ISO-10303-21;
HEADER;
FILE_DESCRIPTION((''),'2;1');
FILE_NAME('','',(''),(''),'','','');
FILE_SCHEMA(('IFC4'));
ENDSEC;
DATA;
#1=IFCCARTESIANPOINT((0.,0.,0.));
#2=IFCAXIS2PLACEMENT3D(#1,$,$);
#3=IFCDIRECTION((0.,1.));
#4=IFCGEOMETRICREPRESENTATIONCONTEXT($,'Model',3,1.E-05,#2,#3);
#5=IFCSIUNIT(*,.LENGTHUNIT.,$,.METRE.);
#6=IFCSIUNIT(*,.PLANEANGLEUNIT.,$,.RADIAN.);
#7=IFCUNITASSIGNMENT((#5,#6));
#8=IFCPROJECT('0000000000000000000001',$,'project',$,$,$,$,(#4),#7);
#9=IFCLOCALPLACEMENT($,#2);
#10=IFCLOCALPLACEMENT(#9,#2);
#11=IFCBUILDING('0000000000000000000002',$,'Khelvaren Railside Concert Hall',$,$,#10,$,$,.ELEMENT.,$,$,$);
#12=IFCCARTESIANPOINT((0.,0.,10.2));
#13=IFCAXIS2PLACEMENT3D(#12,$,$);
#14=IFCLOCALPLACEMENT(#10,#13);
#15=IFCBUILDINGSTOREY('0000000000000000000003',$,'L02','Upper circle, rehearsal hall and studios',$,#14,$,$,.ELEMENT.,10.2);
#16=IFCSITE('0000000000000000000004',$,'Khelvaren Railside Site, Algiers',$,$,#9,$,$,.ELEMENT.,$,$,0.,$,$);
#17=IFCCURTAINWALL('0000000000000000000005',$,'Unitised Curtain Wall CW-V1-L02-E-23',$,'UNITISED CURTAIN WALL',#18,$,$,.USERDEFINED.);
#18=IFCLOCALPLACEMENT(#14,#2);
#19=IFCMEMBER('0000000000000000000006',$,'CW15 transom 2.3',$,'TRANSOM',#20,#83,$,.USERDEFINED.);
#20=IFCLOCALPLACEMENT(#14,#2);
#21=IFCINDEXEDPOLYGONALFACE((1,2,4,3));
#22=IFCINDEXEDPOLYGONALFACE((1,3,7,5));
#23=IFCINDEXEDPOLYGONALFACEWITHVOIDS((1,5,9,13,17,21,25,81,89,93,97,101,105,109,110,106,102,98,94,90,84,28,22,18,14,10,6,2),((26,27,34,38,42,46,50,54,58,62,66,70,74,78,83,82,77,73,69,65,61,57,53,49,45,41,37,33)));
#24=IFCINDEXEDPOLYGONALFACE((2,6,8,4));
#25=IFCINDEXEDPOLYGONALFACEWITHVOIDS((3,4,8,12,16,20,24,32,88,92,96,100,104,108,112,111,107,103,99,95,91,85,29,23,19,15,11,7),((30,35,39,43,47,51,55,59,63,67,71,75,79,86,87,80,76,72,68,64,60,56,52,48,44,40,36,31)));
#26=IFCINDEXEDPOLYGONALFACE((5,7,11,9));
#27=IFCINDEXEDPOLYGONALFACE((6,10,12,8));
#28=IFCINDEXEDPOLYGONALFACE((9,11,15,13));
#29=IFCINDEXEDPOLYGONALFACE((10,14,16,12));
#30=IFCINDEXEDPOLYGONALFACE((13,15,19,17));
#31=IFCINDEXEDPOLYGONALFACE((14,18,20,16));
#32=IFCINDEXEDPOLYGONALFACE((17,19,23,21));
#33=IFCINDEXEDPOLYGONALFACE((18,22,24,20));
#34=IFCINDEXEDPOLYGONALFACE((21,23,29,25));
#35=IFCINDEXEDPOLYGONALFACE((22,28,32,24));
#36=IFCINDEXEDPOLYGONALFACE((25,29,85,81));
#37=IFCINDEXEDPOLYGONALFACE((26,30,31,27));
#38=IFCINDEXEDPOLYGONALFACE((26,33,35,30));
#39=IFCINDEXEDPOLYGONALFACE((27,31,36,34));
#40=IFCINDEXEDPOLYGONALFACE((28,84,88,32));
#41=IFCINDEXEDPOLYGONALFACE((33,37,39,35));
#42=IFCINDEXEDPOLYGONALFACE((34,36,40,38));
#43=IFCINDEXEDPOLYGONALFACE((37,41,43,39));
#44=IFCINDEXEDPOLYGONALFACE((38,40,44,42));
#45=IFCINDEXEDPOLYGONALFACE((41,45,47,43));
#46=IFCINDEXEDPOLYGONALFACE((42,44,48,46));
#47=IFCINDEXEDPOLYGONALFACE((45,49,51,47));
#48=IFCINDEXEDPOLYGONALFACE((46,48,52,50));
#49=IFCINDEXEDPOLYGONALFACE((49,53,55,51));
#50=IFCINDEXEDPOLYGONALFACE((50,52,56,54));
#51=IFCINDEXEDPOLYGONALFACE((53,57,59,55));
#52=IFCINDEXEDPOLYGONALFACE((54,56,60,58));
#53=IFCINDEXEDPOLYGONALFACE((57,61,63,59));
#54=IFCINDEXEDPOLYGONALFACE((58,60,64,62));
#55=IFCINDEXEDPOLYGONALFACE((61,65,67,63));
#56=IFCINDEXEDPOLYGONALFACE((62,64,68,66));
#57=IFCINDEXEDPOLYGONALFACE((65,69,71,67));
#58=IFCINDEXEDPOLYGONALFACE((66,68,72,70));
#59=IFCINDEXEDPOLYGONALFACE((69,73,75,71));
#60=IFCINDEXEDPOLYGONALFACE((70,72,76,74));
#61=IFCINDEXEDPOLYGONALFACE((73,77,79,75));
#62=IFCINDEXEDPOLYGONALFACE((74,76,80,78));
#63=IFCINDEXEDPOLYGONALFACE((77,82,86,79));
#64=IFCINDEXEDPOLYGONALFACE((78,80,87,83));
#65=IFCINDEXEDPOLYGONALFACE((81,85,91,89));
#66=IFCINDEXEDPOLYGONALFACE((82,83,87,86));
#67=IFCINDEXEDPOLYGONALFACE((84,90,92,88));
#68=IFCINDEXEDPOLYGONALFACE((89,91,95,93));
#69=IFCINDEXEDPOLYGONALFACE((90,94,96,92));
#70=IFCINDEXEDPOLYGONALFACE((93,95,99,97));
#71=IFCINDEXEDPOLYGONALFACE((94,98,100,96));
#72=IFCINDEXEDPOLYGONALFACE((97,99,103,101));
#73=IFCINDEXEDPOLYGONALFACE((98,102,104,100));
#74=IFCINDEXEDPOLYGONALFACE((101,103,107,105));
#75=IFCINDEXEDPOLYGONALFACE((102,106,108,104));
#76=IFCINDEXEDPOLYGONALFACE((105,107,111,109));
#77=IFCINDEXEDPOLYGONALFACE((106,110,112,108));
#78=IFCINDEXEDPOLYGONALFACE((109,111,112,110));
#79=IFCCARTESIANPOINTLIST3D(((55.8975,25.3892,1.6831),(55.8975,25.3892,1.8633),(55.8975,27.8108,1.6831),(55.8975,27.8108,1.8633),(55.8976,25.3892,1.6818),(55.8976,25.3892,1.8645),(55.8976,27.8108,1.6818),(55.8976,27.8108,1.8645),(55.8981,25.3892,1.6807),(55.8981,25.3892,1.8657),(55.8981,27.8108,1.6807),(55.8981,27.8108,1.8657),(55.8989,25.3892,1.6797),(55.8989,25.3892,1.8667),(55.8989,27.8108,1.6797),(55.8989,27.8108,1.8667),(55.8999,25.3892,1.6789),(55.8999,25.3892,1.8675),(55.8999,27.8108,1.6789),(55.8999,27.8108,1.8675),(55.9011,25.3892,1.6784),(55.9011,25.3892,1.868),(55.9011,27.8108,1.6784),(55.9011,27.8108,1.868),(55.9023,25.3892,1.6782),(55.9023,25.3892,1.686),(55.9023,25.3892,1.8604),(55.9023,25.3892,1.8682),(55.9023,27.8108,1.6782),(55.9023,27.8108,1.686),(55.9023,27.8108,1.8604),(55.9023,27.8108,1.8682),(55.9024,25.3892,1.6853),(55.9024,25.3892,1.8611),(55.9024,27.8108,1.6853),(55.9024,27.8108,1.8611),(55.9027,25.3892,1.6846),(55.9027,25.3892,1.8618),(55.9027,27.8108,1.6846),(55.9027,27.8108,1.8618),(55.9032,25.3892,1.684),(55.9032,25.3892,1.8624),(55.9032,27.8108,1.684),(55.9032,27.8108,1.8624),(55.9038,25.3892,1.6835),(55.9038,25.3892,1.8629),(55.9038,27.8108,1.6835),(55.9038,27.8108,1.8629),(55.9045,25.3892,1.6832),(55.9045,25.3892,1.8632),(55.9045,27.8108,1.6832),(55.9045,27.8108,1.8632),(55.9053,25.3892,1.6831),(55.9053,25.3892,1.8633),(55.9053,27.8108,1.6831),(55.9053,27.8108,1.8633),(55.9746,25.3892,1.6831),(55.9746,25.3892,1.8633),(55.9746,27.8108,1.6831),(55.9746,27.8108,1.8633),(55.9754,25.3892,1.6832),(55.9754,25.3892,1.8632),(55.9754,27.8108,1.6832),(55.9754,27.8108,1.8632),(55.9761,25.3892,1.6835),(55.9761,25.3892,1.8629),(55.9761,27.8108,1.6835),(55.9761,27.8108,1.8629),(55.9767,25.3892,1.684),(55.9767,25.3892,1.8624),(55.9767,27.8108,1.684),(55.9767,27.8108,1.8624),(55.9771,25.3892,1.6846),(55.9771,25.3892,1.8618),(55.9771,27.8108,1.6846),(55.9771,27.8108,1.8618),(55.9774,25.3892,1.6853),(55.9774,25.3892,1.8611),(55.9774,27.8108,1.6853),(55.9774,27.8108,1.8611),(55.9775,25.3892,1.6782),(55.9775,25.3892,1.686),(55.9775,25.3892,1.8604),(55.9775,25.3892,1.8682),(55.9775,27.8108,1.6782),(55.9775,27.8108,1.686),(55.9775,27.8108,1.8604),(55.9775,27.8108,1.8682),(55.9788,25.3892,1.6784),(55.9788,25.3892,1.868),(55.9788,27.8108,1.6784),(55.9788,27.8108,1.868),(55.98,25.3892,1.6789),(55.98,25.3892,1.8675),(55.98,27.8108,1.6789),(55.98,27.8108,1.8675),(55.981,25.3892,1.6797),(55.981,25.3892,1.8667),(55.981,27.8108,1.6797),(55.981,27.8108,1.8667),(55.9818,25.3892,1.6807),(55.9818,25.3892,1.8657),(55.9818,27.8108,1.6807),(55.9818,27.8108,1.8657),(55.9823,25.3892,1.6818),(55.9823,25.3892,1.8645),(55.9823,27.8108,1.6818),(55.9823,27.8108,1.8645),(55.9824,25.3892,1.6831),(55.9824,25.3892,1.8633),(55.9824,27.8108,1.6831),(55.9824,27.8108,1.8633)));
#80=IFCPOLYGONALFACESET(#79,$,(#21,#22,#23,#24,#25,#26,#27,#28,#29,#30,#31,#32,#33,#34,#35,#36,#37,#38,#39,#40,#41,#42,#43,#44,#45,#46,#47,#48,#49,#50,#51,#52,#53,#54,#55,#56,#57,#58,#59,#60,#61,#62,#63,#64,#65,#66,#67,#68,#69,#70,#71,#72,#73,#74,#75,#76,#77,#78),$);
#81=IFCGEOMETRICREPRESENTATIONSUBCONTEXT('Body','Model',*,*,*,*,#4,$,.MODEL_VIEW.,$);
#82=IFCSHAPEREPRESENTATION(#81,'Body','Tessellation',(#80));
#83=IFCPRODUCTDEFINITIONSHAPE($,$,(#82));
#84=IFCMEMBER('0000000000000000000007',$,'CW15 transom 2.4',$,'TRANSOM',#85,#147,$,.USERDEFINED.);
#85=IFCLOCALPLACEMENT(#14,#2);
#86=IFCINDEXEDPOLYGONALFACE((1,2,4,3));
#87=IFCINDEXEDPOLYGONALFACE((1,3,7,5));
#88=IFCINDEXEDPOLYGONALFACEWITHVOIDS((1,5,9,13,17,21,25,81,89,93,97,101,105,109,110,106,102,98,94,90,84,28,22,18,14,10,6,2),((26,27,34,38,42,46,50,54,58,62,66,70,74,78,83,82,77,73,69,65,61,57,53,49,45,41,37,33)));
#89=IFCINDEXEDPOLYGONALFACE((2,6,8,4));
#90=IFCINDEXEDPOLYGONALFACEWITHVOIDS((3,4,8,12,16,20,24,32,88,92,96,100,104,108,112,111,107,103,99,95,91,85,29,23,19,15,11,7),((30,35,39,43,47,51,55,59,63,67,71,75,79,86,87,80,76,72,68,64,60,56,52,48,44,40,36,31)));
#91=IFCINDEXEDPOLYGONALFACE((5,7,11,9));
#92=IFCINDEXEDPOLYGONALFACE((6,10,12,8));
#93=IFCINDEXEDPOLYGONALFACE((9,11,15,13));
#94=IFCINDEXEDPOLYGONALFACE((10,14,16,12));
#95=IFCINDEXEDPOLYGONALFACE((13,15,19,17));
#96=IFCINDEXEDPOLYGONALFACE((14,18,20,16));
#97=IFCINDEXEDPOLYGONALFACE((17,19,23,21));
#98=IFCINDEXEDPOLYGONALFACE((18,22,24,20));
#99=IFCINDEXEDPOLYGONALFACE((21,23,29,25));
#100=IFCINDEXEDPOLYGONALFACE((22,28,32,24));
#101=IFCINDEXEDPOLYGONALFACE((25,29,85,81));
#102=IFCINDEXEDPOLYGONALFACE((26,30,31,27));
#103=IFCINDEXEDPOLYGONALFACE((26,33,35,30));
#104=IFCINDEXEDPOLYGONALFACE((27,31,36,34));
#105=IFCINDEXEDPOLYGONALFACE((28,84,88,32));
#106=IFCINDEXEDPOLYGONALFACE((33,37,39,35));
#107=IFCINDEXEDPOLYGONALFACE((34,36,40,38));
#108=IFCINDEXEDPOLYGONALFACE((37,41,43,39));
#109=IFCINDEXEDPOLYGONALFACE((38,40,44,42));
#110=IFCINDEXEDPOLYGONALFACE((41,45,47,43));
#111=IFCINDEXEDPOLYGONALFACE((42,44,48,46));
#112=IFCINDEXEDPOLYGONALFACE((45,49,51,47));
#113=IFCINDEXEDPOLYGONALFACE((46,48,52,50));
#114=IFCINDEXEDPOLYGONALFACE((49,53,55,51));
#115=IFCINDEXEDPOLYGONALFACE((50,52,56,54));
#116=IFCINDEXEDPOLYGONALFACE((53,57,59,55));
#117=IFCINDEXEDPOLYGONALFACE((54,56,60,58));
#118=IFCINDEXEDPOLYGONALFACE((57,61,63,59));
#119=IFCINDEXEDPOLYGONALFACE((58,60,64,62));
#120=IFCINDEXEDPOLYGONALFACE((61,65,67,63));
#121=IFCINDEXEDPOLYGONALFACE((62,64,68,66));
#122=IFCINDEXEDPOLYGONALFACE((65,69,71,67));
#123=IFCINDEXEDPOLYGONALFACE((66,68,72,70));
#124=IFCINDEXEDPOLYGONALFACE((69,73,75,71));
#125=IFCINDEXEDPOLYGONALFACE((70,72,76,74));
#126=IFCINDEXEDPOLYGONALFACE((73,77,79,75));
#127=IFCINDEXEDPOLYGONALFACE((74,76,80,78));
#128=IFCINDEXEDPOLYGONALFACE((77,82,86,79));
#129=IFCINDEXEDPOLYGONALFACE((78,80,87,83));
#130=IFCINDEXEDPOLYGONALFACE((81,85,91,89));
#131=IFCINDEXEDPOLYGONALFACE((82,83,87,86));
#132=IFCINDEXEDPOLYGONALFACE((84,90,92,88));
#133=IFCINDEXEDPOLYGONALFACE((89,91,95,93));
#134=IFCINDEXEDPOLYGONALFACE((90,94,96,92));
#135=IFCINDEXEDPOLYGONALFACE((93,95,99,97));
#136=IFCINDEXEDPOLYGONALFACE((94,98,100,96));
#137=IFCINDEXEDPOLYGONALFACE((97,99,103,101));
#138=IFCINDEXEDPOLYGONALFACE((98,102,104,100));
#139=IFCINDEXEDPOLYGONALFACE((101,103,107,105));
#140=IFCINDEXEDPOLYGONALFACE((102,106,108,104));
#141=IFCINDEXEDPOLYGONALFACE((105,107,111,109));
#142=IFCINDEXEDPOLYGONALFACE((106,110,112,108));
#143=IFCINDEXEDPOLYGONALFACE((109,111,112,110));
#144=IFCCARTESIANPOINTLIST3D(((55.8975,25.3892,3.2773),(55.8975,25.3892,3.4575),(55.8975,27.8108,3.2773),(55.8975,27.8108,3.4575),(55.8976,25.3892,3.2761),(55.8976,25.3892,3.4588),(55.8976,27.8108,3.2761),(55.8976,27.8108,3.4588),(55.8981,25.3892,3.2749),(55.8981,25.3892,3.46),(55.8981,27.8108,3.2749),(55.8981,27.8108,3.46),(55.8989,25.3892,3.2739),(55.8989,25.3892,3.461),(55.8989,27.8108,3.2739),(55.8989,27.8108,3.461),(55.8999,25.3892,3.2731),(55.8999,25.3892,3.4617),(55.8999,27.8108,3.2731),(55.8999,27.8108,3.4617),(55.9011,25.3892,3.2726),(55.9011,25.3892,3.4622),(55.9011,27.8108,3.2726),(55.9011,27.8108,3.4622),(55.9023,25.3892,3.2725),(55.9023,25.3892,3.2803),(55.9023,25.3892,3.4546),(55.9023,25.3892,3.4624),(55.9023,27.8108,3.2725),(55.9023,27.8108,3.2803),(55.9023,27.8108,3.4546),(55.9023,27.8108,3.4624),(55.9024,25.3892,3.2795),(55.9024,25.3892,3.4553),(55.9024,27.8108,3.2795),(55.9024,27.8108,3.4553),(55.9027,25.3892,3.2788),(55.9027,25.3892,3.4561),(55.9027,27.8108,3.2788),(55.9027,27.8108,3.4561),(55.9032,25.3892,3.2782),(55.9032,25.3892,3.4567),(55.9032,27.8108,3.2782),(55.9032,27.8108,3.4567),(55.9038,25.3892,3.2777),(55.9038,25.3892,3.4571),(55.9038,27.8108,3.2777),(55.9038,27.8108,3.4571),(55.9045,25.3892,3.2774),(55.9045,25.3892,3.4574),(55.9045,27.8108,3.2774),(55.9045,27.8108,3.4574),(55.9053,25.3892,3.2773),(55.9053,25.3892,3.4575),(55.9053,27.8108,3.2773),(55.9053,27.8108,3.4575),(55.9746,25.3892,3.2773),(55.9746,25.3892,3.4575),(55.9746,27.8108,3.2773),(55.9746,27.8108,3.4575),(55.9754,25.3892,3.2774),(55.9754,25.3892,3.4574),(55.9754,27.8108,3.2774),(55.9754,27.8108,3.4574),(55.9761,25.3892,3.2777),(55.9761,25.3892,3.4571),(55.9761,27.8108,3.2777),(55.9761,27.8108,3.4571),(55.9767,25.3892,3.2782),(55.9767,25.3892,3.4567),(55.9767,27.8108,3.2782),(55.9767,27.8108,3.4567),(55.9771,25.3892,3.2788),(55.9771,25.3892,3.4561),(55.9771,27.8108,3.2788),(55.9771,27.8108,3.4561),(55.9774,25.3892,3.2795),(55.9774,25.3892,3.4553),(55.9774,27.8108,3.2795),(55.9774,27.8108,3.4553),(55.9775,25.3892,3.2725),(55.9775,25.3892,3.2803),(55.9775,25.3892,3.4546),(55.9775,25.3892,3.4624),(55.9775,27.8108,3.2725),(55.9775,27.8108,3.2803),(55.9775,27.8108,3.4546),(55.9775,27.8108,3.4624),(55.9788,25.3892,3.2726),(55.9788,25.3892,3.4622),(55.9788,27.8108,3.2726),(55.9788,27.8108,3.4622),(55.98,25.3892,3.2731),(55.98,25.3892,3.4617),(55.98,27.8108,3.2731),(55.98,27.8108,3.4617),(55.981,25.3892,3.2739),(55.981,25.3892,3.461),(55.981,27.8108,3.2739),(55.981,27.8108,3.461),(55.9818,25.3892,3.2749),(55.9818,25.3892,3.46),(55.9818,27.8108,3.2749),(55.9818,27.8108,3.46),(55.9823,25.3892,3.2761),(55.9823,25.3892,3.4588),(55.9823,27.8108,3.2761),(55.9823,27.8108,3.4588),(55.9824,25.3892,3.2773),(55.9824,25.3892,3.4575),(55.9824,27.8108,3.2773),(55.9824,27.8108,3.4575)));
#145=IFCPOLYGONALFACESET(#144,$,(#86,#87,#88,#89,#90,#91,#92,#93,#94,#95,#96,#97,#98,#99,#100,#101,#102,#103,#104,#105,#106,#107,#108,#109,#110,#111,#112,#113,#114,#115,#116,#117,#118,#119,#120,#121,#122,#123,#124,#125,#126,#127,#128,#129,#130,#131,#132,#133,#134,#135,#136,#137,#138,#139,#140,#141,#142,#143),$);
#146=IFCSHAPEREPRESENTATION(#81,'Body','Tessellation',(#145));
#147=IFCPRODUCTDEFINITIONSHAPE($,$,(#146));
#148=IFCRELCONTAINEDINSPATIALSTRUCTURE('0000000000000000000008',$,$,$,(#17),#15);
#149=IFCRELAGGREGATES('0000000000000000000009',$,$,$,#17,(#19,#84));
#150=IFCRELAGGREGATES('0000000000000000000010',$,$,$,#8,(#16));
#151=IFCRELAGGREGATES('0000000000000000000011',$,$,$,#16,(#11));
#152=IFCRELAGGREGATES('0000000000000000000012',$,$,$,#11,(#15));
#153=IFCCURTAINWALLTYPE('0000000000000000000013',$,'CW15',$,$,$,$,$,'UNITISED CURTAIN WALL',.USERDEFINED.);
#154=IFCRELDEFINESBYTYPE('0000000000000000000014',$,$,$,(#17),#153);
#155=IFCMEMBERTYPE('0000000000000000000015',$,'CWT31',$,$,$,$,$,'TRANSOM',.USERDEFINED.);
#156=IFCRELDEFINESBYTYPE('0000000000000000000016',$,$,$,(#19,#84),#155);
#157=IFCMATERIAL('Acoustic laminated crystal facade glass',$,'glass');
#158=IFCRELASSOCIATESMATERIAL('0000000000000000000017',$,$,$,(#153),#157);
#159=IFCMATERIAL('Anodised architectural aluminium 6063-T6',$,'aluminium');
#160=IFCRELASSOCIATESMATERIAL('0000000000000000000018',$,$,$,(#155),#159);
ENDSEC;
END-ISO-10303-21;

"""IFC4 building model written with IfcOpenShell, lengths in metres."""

from ifc_helpers import new_model, si_unit, direction, frame, origin, origin_2d, place, context, subcontext, project, spatial, hollow_rectangle, extrude, material, material_profile, profile_set, type_object, element, aggregate, save


model = new_model("IFC4")

# Units and contexts
model_context = context("Model", 3, precision=1e-05, world=origin(), true_north=direction((0.0, 1.0)))
body_context = subcontext(model_context, "Body", "Model", "MODEL_VIEW")
ifc_project = project(units=[si_unit("LENGTHUNIT", "METRE"), si_unit("PLANEANGLEUNIT", "RADIAN")], contexts=[model_context])

# Site, building, storey
site_placement = place(None, origin())
site = spatial("IfcSite", under=ifc_project, at=site_placement, Name="Khelvaren Railside Site, Algiers", CompositionType="ELEMENT", RefElevation=0.0)
building_placement = place(site_placement, origin())
building = spatial("IfcBuilding", under=site, at=building_placement, Name="Khelvaren Railside Concert Hall", CompositionType="ELEMENT")
storey_placement = place(building_placement, frame((0.0, 0.0, 10.2)))
storey = spatial("IfcBuildingStorey", under=building, at=storey_placement, Name="L02", Description="Upper circle, rehearsal hall and studios", CompositionType="ELEMENT", Elevation=10.2)

# Shared definitions
ifc_material_1 = material(Name="Acoustic laminated crystal facade glass", Category="glass")
ifc_material_2 = material(Name="Anodised architectural aluminium 6063-T6", Category="aluminium")

# Curtain wall
curtain_wall_type_1 = type_object("IfcCurtainWallType", Name="CW15", ElementType="UNITISED CURTAIN WALL", PredefinedType="USERDEFINED", material=ifc_material_1)
curtain_wall_1_placement = place(storey_placement, origin())
curtain_wall_1 = element("IfcCurtainWall", 1, at=curtain_wall_1_placement, inside=storey, type_object=curtain_wall_type_1, Name="Unitised Curtain Wall CW-V1-L02-E-23", ObjectType="UNITISED CURTAIN WALL", PredefinedType="USERDEFINED")

# Members
ifc_material_profile_1 = material_profile(ifc_material_2, hollow_rectangle(XDim=0.085, YDim=0.1899, WallThickness=0.0049, InnerFilletRadius=0.0029, OuterFilletRadius=0.0049, at=origin_2d()), Name="CWT 85x190x5")
ifc_profile_set_1 = profile_set([ifc_material_profile_1], Name="Anodised architectural aluminium 6063-T6")
member_type_1 = type_object("IfcMemberType", Name="CWT31", ElementType="TRANSOM", PredefinedType="USERDEFINED", material=ifc_profile_set_1)
member_1_placement = place(storey_placement, frame((55.9399, 27.8108, 1.7732), z_axis=(0.0, -1.0, 0.0), x_axis=(1.0, 0.0, 0.0)))
member_1 = element("IfcMember", 2, at=member_1_placement, type_object=member_type_1, Name="CW15 transom 2.3", ObjectType="TRANSOM", PredefinedType="USERDEFINED", context=body_context, shape_type="SweptSolid", body=[
    extrude(hollow_rectangle(XDim=0.085, YDim=0.1899, WallThickness=0.0049, InnerFilletRadius=0.0029, OuterFilletRadius=0.0049, at=origin_2d()), origin(), (0.0, 0.0, 1.0), 2.4216),
])
member_2_placement = place(storey_placement, frame((55.9399, 27.8108, 3.3674), z_axis=(0.0, -1.0, 0.0), x_axis=(1.0, 0.0, 0.0)))
member_2 = element("IfcMember", 3, at=member_2_placement, type_object=member_type_1, Name="CW15 transom 2.4", ObjectType="TRANSOM", PredefinedType="USERDEFINED", context=body_context, shape_type="SweptSolid", body=[
    extrude(hollow_rectangle(XDim=0.085, YDim=0.1899, WallThickness=0.0049, InnerFilletRadius=0.0029, OuterFilletRadius=0.0049, at=origin_2d()), origin(), (0.0, 0.0, 1.0), 2.4216),
])

aggregate(curtain_wall_1, [member_1, member_2])

save(model, "model.ifc")
